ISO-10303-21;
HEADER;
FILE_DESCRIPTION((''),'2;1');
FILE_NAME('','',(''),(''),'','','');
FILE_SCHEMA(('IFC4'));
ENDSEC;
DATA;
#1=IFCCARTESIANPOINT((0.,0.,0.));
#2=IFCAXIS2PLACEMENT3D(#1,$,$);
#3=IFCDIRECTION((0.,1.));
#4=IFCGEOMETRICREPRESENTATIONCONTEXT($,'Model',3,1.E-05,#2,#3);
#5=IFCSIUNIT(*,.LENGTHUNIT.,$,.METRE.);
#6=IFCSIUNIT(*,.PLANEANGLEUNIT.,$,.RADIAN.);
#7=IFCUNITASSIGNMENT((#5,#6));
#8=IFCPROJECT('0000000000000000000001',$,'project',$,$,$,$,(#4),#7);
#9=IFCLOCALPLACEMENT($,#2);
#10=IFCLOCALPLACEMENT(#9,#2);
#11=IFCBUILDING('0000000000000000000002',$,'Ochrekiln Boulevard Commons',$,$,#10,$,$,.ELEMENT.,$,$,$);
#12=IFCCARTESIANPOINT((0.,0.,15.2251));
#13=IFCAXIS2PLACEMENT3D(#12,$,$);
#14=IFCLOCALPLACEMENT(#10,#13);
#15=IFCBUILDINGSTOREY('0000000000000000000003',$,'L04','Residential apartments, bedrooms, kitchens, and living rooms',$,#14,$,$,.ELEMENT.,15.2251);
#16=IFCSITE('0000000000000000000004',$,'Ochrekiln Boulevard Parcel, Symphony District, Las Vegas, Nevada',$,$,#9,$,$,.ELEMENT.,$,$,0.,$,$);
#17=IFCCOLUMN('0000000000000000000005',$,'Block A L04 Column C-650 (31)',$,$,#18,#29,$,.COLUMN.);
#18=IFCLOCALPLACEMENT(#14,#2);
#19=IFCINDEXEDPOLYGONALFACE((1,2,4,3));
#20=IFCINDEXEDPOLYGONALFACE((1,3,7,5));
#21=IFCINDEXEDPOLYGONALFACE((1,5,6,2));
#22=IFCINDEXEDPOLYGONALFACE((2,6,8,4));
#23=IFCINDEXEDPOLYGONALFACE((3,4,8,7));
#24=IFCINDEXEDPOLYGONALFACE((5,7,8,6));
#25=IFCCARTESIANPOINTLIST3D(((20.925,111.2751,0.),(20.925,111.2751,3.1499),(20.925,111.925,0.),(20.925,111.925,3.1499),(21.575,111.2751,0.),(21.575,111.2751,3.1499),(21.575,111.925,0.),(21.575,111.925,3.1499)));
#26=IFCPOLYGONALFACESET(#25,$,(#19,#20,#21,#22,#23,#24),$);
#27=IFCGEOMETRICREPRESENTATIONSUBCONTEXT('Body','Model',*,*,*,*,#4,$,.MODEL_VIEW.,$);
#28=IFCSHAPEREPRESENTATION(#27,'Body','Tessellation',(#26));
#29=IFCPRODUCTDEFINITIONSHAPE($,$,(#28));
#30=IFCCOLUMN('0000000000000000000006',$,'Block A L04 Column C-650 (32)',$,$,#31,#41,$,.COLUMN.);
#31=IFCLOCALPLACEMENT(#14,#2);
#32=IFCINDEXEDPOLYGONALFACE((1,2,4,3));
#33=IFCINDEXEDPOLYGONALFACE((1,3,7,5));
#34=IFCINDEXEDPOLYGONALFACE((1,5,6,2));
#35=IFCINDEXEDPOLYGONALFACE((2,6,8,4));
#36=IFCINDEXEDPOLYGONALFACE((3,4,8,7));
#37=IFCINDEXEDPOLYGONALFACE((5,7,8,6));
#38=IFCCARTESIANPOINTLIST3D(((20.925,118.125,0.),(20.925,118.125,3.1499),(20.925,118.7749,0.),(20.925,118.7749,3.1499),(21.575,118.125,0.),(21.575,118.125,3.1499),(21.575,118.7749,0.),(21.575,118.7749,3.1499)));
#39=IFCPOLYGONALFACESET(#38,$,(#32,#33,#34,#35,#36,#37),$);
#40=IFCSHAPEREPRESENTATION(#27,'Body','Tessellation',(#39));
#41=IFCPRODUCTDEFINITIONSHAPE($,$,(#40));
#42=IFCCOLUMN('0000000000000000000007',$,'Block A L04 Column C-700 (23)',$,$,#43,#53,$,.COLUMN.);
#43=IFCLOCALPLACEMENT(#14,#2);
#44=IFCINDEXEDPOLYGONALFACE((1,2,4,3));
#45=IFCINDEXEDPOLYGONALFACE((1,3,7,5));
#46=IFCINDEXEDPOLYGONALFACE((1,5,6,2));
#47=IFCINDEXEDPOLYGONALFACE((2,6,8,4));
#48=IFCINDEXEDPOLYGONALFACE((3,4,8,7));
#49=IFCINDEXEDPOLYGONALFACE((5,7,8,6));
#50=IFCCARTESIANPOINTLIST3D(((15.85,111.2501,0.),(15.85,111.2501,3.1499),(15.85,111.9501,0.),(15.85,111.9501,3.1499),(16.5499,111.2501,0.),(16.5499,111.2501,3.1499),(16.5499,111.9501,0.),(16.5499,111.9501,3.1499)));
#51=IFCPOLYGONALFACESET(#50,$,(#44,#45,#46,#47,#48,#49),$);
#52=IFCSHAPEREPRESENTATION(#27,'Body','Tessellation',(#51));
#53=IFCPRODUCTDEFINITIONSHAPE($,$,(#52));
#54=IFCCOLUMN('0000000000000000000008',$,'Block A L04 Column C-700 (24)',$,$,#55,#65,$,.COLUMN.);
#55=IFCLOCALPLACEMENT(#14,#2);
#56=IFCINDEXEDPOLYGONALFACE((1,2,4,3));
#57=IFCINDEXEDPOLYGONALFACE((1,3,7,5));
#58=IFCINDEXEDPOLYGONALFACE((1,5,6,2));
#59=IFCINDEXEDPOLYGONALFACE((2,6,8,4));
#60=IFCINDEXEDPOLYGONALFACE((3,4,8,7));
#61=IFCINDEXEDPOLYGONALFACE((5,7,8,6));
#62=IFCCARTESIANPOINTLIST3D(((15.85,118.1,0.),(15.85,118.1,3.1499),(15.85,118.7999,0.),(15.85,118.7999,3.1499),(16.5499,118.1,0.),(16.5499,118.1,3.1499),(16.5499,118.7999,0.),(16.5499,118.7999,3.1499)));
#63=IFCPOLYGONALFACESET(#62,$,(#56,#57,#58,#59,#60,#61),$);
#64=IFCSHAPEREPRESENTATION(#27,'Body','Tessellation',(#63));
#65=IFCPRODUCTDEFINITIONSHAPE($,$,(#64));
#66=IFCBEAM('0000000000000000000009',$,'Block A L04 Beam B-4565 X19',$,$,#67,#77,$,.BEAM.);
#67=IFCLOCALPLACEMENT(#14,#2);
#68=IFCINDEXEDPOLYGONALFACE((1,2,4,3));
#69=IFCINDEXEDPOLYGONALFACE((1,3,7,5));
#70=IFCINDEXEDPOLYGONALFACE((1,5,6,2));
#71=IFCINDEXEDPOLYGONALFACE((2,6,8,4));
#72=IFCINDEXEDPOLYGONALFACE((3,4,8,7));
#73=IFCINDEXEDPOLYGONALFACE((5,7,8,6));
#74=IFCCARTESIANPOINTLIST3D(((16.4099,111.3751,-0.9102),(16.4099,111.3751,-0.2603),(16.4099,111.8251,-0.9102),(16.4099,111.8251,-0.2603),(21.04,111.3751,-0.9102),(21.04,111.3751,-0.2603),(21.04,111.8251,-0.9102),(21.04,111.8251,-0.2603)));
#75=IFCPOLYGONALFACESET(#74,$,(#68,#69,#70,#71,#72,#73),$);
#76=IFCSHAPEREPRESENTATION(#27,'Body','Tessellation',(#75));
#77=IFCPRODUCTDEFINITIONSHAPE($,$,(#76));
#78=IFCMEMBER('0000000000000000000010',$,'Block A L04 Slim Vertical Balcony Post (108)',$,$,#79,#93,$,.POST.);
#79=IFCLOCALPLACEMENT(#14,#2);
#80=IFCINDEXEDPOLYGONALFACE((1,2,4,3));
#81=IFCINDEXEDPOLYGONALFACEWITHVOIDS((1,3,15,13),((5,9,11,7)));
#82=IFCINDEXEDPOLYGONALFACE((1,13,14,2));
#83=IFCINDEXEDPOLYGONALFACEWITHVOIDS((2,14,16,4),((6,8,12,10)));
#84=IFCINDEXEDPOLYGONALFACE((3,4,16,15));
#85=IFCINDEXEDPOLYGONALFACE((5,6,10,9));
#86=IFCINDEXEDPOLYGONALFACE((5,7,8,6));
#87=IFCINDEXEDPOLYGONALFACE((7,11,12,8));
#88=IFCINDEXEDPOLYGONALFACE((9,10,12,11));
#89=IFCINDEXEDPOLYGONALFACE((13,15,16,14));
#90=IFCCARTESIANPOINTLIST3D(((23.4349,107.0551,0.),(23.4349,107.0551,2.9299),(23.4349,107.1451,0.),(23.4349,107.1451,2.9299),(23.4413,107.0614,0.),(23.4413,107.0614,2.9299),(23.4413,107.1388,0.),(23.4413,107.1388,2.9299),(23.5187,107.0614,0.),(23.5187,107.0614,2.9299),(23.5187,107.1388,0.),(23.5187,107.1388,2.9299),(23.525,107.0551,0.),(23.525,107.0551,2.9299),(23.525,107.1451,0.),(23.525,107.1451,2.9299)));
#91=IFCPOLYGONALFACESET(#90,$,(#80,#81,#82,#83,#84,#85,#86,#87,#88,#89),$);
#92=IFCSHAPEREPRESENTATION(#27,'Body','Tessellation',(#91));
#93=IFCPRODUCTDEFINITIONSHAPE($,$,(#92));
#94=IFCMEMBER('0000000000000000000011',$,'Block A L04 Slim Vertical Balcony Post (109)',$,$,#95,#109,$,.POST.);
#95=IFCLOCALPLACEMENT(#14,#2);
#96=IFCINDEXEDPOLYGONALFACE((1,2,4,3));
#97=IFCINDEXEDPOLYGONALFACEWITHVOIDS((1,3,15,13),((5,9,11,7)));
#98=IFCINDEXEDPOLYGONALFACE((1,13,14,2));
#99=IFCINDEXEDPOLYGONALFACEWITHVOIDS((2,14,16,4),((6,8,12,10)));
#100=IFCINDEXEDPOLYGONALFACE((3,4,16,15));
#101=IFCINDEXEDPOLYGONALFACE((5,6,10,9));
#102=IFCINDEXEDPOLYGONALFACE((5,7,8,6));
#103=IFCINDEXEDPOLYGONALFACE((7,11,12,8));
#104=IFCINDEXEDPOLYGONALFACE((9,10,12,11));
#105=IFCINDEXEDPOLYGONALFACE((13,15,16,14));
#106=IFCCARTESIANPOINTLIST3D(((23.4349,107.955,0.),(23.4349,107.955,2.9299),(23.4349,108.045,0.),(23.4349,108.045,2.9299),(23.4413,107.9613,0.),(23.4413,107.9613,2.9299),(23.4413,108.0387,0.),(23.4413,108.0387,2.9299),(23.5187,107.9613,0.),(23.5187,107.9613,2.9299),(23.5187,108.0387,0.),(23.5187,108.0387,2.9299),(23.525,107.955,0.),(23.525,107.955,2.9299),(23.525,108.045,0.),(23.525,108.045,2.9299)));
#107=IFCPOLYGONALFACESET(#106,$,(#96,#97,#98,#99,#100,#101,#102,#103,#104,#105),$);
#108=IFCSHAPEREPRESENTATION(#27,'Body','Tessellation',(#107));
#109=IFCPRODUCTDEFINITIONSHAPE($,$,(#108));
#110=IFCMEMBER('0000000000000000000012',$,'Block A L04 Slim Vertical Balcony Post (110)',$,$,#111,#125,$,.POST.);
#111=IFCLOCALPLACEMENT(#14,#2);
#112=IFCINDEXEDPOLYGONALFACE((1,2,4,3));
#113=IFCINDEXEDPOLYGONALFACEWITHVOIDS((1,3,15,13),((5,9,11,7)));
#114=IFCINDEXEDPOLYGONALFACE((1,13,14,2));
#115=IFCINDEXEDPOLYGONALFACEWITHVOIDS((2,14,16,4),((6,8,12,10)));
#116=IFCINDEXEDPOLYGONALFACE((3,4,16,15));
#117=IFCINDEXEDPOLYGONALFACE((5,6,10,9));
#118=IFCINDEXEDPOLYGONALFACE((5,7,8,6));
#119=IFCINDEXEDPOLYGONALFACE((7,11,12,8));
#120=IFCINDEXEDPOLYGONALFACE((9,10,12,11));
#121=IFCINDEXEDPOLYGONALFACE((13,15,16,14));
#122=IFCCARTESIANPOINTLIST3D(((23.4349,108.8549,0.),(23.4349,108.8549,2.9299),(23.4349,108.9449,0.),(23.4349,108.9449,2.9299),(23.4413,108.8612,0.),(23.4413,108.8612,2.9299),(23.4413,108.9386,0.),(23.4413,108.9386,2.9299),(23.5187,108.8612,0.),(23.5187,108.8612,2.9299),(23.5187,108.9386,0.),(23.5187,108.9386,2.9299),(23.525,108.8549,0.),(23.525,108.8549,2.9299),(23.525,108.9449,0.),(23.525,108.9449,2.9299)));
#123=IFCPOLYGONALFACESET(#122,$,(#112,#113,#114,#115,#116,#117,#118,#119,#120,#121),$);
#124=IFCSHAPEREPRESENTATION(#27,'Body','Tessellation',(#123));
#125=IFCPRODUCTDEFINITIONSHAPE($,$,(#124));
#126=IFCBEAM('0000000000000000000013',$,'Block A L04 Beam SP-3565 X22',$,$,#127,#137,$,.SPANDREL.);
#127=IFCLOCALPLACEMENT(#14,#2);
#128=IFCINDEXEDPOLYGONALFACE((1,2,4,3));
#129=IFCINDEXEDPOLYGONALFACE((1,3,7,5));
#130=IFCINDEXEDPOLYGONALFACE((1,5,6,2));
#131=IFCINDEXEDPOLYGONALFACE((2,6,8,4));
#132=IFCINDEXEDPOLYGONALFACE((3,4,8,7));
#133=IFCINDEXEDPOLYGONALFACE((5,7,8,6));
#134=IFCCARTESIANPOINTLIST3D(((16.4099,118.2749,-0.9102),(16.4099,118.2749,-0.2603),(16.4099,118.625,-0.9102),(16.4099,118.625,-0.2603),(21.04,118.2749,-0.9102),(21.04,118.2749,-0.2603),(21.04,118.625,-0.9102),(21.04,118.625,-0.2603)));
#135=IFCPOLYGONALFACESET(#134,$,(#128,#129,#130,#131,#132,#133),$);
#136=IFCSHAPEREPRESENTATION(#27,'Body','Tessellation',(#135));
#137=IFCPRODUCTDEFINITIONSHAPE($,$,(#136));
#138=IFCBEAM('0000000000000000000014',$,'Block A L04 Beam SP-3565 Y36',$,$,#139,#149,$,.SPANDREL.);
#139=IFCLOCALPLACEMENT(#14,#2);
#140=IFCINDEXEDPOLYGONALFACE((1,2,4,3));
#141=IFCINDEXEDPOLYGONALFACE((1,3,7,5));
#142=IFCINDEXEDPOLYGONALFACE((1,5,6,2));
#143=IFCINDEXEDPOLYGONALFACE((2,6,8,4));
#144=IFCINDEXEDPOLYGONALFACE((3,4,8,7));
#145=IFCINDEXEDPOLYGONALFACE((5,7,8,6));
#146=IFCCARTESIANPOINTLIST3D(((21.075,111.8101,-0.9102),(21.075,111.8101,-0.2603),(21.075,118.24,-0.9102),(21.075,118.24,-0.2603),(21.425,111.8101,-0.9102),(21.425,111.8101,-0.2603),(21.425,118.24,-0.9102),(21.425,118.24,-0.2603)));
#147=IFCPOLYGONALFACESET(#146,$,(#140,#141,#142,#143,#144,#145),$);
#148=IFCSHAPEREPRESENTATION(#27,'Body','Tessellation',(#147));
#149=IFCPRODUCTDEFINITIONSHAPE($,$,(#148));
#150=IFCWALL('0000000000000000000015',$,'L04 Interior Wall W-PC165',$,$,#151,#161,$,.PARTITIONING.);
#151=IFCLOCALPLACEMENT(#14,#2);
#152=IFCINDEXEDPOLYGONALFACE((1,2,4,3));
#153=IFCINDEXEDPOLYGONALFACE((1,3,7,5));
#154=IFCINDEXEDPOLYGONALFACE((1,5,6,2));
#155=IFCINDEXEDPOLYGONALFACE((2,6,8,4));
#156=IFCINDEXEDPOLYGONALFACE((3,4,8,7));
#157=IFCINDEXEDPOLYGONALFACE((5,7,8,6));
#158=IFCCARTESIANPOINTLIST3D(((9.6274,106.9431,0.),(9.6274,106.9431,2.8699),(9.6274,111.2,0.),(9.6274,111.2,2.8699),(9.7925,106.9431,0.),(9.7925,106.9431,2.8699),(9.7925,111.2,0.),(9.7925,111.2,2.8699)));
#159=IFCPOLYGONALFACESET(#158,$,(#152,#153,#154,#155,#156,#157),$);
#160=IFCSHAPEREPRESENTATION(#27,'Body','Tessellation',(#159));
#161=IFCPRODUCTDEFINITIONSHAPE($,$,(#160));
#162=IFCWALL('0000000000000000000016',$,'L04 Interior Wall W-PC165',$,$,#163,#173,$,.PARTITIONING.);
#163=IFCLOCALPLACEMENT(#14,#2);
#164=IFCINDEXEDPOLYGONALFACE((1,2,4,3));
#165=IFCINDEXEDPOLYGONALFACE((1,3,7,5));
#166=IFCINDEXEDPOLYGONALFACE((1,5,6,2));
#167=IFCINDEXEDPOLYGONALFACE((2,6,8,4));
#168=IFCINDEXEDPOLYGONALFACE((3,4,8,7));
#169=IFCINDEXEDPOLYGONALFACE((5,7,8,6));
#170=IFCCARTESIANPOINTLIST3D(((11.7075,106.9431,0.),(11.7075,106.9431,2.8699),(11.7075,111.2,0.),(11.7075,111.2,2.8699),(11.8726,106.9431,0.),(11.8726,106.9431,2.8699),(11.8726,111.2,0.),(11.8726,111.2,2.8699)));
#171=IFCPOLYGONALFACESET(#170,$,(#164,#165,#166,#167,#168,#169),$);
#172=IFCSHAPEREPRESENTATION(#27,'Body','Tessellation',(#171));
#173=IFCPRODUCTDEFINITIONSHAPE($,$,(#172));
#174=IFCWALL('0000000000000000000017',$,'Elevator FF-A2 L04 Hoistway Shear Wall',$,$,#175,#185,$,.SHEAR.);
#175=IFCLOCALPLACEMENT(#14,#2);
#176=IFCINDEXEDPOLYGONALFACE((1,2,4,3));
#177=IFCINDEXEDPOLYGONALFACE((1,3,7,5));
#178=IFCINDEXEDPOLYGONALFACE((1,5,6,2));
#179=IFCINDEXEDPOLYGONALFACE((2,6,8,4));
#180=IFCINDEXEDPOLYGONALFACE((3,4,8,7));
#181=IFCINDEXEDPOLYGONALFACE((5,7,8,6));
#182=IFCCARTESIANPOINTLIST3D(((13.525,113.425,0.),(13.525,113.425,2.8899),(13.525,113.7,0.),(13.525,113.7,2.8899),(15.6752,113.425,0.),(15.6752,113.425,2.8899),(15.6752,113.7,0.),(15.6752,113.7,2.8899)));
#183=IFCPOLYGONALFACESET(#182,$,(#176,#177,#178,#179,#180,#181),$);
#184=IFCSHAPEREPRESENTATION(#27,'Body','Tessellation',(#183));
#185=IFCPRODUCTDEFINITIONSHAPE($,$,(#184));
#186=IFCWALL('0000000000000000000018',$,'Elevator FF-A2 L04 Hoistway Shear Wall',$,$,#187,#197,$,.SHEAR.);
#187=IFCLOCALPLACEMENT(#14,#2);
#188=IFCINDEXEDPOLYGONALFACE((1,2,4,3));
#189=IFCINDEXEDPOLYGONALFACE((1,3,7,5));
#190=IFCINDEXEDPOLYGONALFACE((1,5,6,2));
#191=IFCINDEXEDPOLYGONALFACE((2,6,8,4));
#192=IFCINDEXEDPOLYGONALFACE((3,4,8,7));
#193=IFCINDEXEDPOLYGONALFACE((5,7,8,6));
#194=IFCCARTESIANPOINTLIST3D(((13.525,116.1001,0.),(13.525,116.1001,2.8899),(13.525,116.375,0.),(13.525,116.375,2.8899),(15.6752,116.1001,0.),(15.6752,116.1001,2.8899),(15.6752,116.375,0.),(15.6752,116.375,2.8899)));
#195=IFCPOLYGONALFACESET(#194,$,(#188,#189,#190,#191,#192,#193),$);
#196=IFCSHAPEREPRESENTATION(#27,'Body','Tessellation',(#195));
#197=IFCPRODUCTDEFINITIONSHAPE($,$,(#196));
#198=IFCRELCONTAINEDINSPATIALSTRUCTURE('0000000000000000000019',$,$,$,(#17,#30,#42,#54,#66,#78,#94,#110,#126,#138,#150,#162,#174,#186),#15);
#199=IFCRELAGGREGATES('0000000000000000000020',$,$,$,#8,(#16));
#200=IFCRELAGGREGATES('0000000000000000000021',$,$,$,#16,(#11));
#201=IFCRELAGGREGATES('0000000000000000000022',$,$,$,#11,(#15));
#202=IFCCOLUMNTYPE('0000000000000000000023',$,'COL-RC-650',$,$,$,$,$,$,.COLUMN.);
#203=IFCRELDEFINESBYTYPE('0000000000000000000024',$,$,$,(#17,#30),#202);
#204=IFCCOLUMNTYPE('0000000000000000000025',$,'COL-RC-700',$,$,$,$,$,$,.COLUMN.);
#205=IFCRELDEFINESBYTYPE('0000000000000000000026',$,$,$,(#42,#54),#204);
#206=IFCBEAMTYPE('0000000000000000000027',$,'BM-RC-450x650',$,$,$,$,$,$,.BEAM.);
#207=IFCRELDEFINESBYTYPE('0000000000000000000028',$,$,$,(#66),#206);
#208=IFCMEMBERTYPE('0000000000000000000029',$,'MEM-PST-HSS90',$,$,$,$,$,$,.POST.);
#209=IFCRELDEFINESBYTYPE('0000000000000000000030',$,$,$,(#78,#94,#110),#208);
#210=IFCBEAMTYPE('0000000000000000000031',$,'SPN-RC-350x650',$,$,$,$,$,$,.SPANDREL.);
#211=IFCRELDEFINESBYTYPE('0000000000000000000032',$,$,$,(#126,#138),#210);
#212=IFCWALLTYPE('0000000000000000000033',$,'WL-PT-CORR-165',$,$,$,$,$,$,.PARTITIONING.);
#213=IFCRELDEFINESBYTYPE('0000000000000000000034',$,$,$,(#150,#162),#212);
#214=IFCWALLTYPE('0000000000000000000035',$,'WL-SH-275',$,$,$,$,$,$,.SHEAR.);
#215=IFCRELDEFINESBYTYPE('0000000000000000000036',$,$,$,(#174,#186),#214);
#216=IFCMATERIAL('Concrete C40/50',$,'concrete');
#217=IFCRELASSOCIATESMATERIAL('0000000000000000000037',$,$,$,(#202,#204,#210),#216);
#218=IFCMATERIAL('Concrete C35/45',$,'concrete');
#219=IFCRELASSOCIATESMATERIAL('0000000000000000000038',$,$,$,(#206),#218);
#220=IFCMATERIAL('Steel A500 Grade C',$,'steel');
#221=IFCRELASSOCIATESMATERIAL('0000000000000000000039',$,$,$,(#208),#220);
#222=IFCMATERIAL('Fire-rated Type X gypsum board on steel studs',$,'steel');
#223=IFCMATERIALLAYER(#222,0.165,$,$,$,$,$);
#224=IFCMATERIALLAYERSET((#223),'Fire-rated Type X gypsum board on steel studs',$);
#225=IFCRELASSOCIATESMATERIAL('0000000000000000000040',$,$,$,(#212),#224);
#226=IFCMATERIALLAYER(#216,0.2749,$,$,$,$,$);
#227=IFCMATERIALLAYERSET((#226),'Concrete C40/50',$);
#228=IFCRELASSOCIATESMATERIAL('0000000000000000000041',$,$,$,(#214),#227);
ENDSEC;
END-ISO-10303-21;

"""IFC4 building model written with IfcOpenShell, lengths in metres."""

from ifc_helpers import new_model, si_unit, direction, frame, frame_2d, origin, origin_2d, place, context, subcontext, project, spatial, rectangle, hollow_rectangle, extrude, material, layer, layer_set, material_profile, profile_set, type_object, element, save


model = new_model("IFC4")

# Units and contexts
model_context = context("Model", 3, precision=1e-05, world=origin(), true_north=direction((0.0, 1.0)))
body_context = subcontext(model_context, "Body", "Model", "MODEL_VIEW")
ifc_project = project(units=[si_unit("LENGTHUNIT", "METRE"), si_unit("PLANEANGLEUNIT", "RADIAN")], contexts=[model_context])

# Site, building, storey
site_placement = place(None, origin())
site = spatial("IfcSite", under=ifc_project, at=site_placement, Name="Ochrekiln Boulevard Parcel, Symphony District, Las Vegas, Nevada", CompositionType="ELEMENT", RefElevation=0.0)
building_placement = place(site_placement, origin())
building = spatial("IfcBuilding", under=site, at=building_placement, Name="Ochrekiln Boulevard Commons", CompositionType="ELEMENT")
storey_placement = place(building_placement, frame((0.0, 0.0, 15.2251)))
storey = spatial("IfcBuildingStorey", under=building, at=storey_placement, Name="L04", Description="Residential apartments, bedrooms, kitchens, and living rooms", CompositionType="ELEMENT", Elevation=15.2251)

# Columns
ifc_material_1 = material(Name="Concrete C40/50", Category="concrete")
ifc_material_profile_1 = material_profile(ifc_material_1, rectangle(XDim=0.6499, YDim=0.6499, at=origin_2d()), Name="RC-COL-650x650")
ifc_profile_set_1 = profile_set([ifc_material_profile_1], Name="Concrete C40/50")
column_type_1 = type_object("IfcColumnType", Name="COL-RC-650", PredefinedType="COLUMN", material=ifc_profile_set_1)
for number, where, z_axis, x_axis, name in (
    (1, (21.25, 111.6001, 0.0), (0.0, 0.0, 1.0), (1.0, 0.0, 0.0), "Block A L04 Column C-650 (31)"),
    (2, (21.25, 118.45, 0.0), (0.0, 0.0, 1.0), (1.0, 0.0, 0.0), "Block A L04 Column C-650 (32)"),
):
    element("IfcColumn", number, at=place(storey_placement, frame(where, z_axis=z_axis, x_axis=x_axis)), inside=storey, type_object=column_type_1, Name=name, PredefinedType="COLUMN", context=body_context, shape_type="SweptSolid", body=[
        extrude(rectangle(XDim=0.6499, YDim=0.6499, at=origin_2d()), origin(), (0.0, 0.0, 1.0), 3.1499),
    ])
ifc_material_profile_2 = material_profile(ifc_material_1, rectangle(XDim=0.7, YDim=0.7, at=origin_2d()), Name="RC-COL-700x700")
ifc_profile_set_2 = profile_set([ifc_material_profile_2], Name="Concrete C40/50")
column_type_2 = type_object("IfcColumnType", Name="COL-RC-700", PredefinedType="COLUMN", material=ifc_profile_set_2)
for number, where, z_axis, x_axis, name in (
    (3, (16.2, 111.6001, 0.0), (0.0, 0.0, 1.0), (1.0, 0.0, 0.0), "Block A L04 Column C-700 (23)"),
    (4, (16.2, 118.45, 0.0), (0.0, 0.0, 1.0), (1.0, 0.0, 0.0), "Block A L04 Column C-700 (24)"),
):
    element("IfcColumn", number, at=place(storey_placement, frame(where, z_axis=z_axis, x_axis=x_axis)), inside=storey, type_object=column_type_2, Name=name, PredefinedType="COLUMN", context=body_context, shape_type="SweptSolid", body=[
        extrude(rectangle(XDim=0.7, YDim=0.7, at=origin_2d()), origin(), (0.0, 0.0, 1.0), 3.1499),
    ])

# Beam
ifc_material_2 = material(Name="Concrete C35/45", Category="concrete")
ifc_material_profile_3 = material_profile(ifc_material_2, rectangle(XDim=0.45, YDim=0.6499, at=origin_2d()), Name="RC-BM-450x650")
ifc_profile_set_3 = profile_set([ifc_material_profile_3], Name="Concrete C35/45")
beam_type_1 = type_object("IfcBeamType", Name="BM-RC-450x650", PredefinedType="BEAM", material=ifc_profile_set_3)
beam_1_placement = place(storey_placement, frame((16.4099, 111.6001, -0.5852), z_axis=(1.0, 0.0, 0.0), x_axis=(0.0, 1.0, 0.0)))
element("IfcBeam", 5, at=beam_1_placement, inside=storey, type_object=beam_type_1, Name="Block A L04 Beam B-4565 X19", PredefinedType="BEAM", context=body_context, shape_type="SweptSolid", body=[
    extrude(rectangle(XDim=0.45, YDim=0.6499, at=origin_2d()), origin(), (0.0, 0.0, 1.0), 4.6301),
])

# Members
ifc_material_3 = material(Name="Steel A500 Grade C", Category="steel")
ifc_material_profile_4 = material_profile(ifc_material_3, hollow_rectangle(XDim=0.0901, YDim=0.0901, WallThickness=0.0063, at=origin_2d()), Name="HSS90X90X6.4")
ifc_profile_set_4 = profile_set([ifc_material_profile_4], Name="Steel A500 Grade C")
member_type = type_object("IfcMemberType", Name="MEM-PST-HSS90", PredefinedType="POST", material=ifc_profile_set_4)
for number, where, z_axis, x_axis, name in (
    (6, (23.48, 107.1001, 0.0), (0.0, 0.0, 1.0), (1.0, 0.0, 0.0), "Block A L04 Slim Vertical Balcony Post (108)"),
    (7, (23.48, 108.0, 0.0), (0.0, 0.0, 1.0), (1.0, 0.0, 0.0), "Block A L04 Slim Vertical Balcony Post (109)"),
    (8, (23.48, 108.8999, 0.0), (0.0, 0.0, 1.0), (1.0, 0.0, 0.0), "Block A L04 Slim Vertical Balcony Post (110)"),
):
    element("IfcMember", number, at=place(storey_placement, frame(where, z_axis=z_axis, x_axis=x_axis)), inside=storey, type_object=member_type, Name=name, PredefinedType="POST", context=body_context, shape_type="SweptSolid", body=[
        extrude(hollow_rectangle(XDim=0.0901, YDim=0.0901, WallThickness=0.0063, at=origin_2d()), origin(), (0.0, 0.0, 1.0), 2.9299),
    ])

# Beams
ifc_material_profile_5 = material_profile(ifc_material_1, rectangle(XDim=0.3501, YDim=0.6499, at=origin_2d()), Name="RC-SPN-350x650")
ifc_profile_set_5 = profile_set([ifc_material_profile_5], Name="Concrete C40/50")
beam_type_2 = type_object("IfcBeamType", Name="SPN-RC-350x650", PredefinedType="SPANDREL", material=ifc_profile_set_5)
beam_2_placement = place(storey_placement, frame((16.4099, 118.45, -0.5852), z_axis=(1.0, 0.0, 0.0), x_axis=(0.0, 1.0, 0.0)))
element("IfcBeam", 9, at=beam_2_placement, inside=storey, type_object=beam_type_2, Name="Block A L04 Beam SP-3565 X22", PredefinedType="SPANDREL", context=body_context, shape_type="SweptSolid", body=[
    extrude(rectangle(XDim=0.3501, YDim=0.6499, at=origin_2d()), origin(), (0.0, 0.0, 1.0), 4.6301),
])
beam_3_placement = place(storey_placement, frame((21.25, 111.8101, -0.5852), z_axis=(0.0, 1.0, 0.0), x_axis=(-1.0, 0.0, 0.0)))
element("IfcBeam", 10, at=beam_3_placement, inside=storey, type_object=beam_type_2, Name="Block A L04 Beam SP-3565 Y36", PredefinedType="SPANDREL", context=body_context, shape_type="SweptSolid", body=[
    extrude(rectangle(XDim=0.3501, YDim=0.6499, at=origin_2d()), origin(), (0.0, 0.0, 1.0), 6.4299),
])

# Walls
ifc_material_4 = material(Name="Fire-rated Type X gypsum board on steel studs", Category="steel")
ifc_layer_1 = layer(ifc_material_4, 0.165)
ifc_layer_set_1 = layer_set([ifc_layer_1], Name="Fire-rated Type X gypsum board on steel studs")
wall_type_1 = type_object("IfcWallType", Name="WL-PT-CORR-165", PredefinedType="PARTITIONING", material=ifc_layer_set_1)
for number, where, z_axis, x_axis, name in (
    (11, (9.71, 106.9431, 0.0), (0.0, 0.0, 1.0), (0.0, 1.0, 0.0), "L04 Interior Wall W-PC165"),
    (12, (11.79, 106.9431, 0.0), (0.0, 0.0, 1.0), (0.0, 1.0, 0.0), "L04 Interior Wall W-PC165"),
):
    element("IfcWall", number, at=place(storey_placement, frame(where, z_axis=z_axis, x_axis=x_axis)), inside=storey, type_object=wall_type_1, Name=name, PredefinedType="PARTITIONING", context=body_context, shape_type="SweptSolid", body=[
        extrude(rectangle(XDim=4.2568, YDim=0.165, at=frame_2d((2.1284, 0.0))), origin(), (0.0, 0.0, 1.0), 2.8699),
    ])
ifc_layer_2 = layer(ifc_material_1, 0.2749)
ifc_layer_set_2 = layer_set([ifc_layer_2], Name="Concrete C40/50")
wall_type_2 = type_object("IfcWallType", Name="WL-SH-275", PredefinedType="SHEAR", material=ifc_layer_set_2)
for number, where, z_axis, x_axis, name in (
    (13, (13.5249, 113.5625, 0.0), (0.0, 0.0, 1.0), (1.0, 0.0, 0.0), "Elevator FF-A2 L04 Hoistway Shear Wall"),
    (14, (13.5249, 116.2375, 0.0), (0.0, 0.0, 1.0), (1.0, 0.0, 0.0), "Elevator FF-A2 L04 Hoistway Shear Wall"),
):
    element("IfcWall", number, at=place(storey_placement, frame(where, z_axis=z_axis, x_axis=x_axis)), inside=storey, type_object=wall_type_2, Name=name, PredefinedType="SHEAR", context=body_context, shape_type="SweptSolid", body=[
        extrude(rectangle(XDim=2.1501, YDim=0.2749, at=frame_2d((1.0752, 0.0))), origin(), (0.0, 0.0, 1.0), 2.8899),
    ])

save(model, "model.ifc")
